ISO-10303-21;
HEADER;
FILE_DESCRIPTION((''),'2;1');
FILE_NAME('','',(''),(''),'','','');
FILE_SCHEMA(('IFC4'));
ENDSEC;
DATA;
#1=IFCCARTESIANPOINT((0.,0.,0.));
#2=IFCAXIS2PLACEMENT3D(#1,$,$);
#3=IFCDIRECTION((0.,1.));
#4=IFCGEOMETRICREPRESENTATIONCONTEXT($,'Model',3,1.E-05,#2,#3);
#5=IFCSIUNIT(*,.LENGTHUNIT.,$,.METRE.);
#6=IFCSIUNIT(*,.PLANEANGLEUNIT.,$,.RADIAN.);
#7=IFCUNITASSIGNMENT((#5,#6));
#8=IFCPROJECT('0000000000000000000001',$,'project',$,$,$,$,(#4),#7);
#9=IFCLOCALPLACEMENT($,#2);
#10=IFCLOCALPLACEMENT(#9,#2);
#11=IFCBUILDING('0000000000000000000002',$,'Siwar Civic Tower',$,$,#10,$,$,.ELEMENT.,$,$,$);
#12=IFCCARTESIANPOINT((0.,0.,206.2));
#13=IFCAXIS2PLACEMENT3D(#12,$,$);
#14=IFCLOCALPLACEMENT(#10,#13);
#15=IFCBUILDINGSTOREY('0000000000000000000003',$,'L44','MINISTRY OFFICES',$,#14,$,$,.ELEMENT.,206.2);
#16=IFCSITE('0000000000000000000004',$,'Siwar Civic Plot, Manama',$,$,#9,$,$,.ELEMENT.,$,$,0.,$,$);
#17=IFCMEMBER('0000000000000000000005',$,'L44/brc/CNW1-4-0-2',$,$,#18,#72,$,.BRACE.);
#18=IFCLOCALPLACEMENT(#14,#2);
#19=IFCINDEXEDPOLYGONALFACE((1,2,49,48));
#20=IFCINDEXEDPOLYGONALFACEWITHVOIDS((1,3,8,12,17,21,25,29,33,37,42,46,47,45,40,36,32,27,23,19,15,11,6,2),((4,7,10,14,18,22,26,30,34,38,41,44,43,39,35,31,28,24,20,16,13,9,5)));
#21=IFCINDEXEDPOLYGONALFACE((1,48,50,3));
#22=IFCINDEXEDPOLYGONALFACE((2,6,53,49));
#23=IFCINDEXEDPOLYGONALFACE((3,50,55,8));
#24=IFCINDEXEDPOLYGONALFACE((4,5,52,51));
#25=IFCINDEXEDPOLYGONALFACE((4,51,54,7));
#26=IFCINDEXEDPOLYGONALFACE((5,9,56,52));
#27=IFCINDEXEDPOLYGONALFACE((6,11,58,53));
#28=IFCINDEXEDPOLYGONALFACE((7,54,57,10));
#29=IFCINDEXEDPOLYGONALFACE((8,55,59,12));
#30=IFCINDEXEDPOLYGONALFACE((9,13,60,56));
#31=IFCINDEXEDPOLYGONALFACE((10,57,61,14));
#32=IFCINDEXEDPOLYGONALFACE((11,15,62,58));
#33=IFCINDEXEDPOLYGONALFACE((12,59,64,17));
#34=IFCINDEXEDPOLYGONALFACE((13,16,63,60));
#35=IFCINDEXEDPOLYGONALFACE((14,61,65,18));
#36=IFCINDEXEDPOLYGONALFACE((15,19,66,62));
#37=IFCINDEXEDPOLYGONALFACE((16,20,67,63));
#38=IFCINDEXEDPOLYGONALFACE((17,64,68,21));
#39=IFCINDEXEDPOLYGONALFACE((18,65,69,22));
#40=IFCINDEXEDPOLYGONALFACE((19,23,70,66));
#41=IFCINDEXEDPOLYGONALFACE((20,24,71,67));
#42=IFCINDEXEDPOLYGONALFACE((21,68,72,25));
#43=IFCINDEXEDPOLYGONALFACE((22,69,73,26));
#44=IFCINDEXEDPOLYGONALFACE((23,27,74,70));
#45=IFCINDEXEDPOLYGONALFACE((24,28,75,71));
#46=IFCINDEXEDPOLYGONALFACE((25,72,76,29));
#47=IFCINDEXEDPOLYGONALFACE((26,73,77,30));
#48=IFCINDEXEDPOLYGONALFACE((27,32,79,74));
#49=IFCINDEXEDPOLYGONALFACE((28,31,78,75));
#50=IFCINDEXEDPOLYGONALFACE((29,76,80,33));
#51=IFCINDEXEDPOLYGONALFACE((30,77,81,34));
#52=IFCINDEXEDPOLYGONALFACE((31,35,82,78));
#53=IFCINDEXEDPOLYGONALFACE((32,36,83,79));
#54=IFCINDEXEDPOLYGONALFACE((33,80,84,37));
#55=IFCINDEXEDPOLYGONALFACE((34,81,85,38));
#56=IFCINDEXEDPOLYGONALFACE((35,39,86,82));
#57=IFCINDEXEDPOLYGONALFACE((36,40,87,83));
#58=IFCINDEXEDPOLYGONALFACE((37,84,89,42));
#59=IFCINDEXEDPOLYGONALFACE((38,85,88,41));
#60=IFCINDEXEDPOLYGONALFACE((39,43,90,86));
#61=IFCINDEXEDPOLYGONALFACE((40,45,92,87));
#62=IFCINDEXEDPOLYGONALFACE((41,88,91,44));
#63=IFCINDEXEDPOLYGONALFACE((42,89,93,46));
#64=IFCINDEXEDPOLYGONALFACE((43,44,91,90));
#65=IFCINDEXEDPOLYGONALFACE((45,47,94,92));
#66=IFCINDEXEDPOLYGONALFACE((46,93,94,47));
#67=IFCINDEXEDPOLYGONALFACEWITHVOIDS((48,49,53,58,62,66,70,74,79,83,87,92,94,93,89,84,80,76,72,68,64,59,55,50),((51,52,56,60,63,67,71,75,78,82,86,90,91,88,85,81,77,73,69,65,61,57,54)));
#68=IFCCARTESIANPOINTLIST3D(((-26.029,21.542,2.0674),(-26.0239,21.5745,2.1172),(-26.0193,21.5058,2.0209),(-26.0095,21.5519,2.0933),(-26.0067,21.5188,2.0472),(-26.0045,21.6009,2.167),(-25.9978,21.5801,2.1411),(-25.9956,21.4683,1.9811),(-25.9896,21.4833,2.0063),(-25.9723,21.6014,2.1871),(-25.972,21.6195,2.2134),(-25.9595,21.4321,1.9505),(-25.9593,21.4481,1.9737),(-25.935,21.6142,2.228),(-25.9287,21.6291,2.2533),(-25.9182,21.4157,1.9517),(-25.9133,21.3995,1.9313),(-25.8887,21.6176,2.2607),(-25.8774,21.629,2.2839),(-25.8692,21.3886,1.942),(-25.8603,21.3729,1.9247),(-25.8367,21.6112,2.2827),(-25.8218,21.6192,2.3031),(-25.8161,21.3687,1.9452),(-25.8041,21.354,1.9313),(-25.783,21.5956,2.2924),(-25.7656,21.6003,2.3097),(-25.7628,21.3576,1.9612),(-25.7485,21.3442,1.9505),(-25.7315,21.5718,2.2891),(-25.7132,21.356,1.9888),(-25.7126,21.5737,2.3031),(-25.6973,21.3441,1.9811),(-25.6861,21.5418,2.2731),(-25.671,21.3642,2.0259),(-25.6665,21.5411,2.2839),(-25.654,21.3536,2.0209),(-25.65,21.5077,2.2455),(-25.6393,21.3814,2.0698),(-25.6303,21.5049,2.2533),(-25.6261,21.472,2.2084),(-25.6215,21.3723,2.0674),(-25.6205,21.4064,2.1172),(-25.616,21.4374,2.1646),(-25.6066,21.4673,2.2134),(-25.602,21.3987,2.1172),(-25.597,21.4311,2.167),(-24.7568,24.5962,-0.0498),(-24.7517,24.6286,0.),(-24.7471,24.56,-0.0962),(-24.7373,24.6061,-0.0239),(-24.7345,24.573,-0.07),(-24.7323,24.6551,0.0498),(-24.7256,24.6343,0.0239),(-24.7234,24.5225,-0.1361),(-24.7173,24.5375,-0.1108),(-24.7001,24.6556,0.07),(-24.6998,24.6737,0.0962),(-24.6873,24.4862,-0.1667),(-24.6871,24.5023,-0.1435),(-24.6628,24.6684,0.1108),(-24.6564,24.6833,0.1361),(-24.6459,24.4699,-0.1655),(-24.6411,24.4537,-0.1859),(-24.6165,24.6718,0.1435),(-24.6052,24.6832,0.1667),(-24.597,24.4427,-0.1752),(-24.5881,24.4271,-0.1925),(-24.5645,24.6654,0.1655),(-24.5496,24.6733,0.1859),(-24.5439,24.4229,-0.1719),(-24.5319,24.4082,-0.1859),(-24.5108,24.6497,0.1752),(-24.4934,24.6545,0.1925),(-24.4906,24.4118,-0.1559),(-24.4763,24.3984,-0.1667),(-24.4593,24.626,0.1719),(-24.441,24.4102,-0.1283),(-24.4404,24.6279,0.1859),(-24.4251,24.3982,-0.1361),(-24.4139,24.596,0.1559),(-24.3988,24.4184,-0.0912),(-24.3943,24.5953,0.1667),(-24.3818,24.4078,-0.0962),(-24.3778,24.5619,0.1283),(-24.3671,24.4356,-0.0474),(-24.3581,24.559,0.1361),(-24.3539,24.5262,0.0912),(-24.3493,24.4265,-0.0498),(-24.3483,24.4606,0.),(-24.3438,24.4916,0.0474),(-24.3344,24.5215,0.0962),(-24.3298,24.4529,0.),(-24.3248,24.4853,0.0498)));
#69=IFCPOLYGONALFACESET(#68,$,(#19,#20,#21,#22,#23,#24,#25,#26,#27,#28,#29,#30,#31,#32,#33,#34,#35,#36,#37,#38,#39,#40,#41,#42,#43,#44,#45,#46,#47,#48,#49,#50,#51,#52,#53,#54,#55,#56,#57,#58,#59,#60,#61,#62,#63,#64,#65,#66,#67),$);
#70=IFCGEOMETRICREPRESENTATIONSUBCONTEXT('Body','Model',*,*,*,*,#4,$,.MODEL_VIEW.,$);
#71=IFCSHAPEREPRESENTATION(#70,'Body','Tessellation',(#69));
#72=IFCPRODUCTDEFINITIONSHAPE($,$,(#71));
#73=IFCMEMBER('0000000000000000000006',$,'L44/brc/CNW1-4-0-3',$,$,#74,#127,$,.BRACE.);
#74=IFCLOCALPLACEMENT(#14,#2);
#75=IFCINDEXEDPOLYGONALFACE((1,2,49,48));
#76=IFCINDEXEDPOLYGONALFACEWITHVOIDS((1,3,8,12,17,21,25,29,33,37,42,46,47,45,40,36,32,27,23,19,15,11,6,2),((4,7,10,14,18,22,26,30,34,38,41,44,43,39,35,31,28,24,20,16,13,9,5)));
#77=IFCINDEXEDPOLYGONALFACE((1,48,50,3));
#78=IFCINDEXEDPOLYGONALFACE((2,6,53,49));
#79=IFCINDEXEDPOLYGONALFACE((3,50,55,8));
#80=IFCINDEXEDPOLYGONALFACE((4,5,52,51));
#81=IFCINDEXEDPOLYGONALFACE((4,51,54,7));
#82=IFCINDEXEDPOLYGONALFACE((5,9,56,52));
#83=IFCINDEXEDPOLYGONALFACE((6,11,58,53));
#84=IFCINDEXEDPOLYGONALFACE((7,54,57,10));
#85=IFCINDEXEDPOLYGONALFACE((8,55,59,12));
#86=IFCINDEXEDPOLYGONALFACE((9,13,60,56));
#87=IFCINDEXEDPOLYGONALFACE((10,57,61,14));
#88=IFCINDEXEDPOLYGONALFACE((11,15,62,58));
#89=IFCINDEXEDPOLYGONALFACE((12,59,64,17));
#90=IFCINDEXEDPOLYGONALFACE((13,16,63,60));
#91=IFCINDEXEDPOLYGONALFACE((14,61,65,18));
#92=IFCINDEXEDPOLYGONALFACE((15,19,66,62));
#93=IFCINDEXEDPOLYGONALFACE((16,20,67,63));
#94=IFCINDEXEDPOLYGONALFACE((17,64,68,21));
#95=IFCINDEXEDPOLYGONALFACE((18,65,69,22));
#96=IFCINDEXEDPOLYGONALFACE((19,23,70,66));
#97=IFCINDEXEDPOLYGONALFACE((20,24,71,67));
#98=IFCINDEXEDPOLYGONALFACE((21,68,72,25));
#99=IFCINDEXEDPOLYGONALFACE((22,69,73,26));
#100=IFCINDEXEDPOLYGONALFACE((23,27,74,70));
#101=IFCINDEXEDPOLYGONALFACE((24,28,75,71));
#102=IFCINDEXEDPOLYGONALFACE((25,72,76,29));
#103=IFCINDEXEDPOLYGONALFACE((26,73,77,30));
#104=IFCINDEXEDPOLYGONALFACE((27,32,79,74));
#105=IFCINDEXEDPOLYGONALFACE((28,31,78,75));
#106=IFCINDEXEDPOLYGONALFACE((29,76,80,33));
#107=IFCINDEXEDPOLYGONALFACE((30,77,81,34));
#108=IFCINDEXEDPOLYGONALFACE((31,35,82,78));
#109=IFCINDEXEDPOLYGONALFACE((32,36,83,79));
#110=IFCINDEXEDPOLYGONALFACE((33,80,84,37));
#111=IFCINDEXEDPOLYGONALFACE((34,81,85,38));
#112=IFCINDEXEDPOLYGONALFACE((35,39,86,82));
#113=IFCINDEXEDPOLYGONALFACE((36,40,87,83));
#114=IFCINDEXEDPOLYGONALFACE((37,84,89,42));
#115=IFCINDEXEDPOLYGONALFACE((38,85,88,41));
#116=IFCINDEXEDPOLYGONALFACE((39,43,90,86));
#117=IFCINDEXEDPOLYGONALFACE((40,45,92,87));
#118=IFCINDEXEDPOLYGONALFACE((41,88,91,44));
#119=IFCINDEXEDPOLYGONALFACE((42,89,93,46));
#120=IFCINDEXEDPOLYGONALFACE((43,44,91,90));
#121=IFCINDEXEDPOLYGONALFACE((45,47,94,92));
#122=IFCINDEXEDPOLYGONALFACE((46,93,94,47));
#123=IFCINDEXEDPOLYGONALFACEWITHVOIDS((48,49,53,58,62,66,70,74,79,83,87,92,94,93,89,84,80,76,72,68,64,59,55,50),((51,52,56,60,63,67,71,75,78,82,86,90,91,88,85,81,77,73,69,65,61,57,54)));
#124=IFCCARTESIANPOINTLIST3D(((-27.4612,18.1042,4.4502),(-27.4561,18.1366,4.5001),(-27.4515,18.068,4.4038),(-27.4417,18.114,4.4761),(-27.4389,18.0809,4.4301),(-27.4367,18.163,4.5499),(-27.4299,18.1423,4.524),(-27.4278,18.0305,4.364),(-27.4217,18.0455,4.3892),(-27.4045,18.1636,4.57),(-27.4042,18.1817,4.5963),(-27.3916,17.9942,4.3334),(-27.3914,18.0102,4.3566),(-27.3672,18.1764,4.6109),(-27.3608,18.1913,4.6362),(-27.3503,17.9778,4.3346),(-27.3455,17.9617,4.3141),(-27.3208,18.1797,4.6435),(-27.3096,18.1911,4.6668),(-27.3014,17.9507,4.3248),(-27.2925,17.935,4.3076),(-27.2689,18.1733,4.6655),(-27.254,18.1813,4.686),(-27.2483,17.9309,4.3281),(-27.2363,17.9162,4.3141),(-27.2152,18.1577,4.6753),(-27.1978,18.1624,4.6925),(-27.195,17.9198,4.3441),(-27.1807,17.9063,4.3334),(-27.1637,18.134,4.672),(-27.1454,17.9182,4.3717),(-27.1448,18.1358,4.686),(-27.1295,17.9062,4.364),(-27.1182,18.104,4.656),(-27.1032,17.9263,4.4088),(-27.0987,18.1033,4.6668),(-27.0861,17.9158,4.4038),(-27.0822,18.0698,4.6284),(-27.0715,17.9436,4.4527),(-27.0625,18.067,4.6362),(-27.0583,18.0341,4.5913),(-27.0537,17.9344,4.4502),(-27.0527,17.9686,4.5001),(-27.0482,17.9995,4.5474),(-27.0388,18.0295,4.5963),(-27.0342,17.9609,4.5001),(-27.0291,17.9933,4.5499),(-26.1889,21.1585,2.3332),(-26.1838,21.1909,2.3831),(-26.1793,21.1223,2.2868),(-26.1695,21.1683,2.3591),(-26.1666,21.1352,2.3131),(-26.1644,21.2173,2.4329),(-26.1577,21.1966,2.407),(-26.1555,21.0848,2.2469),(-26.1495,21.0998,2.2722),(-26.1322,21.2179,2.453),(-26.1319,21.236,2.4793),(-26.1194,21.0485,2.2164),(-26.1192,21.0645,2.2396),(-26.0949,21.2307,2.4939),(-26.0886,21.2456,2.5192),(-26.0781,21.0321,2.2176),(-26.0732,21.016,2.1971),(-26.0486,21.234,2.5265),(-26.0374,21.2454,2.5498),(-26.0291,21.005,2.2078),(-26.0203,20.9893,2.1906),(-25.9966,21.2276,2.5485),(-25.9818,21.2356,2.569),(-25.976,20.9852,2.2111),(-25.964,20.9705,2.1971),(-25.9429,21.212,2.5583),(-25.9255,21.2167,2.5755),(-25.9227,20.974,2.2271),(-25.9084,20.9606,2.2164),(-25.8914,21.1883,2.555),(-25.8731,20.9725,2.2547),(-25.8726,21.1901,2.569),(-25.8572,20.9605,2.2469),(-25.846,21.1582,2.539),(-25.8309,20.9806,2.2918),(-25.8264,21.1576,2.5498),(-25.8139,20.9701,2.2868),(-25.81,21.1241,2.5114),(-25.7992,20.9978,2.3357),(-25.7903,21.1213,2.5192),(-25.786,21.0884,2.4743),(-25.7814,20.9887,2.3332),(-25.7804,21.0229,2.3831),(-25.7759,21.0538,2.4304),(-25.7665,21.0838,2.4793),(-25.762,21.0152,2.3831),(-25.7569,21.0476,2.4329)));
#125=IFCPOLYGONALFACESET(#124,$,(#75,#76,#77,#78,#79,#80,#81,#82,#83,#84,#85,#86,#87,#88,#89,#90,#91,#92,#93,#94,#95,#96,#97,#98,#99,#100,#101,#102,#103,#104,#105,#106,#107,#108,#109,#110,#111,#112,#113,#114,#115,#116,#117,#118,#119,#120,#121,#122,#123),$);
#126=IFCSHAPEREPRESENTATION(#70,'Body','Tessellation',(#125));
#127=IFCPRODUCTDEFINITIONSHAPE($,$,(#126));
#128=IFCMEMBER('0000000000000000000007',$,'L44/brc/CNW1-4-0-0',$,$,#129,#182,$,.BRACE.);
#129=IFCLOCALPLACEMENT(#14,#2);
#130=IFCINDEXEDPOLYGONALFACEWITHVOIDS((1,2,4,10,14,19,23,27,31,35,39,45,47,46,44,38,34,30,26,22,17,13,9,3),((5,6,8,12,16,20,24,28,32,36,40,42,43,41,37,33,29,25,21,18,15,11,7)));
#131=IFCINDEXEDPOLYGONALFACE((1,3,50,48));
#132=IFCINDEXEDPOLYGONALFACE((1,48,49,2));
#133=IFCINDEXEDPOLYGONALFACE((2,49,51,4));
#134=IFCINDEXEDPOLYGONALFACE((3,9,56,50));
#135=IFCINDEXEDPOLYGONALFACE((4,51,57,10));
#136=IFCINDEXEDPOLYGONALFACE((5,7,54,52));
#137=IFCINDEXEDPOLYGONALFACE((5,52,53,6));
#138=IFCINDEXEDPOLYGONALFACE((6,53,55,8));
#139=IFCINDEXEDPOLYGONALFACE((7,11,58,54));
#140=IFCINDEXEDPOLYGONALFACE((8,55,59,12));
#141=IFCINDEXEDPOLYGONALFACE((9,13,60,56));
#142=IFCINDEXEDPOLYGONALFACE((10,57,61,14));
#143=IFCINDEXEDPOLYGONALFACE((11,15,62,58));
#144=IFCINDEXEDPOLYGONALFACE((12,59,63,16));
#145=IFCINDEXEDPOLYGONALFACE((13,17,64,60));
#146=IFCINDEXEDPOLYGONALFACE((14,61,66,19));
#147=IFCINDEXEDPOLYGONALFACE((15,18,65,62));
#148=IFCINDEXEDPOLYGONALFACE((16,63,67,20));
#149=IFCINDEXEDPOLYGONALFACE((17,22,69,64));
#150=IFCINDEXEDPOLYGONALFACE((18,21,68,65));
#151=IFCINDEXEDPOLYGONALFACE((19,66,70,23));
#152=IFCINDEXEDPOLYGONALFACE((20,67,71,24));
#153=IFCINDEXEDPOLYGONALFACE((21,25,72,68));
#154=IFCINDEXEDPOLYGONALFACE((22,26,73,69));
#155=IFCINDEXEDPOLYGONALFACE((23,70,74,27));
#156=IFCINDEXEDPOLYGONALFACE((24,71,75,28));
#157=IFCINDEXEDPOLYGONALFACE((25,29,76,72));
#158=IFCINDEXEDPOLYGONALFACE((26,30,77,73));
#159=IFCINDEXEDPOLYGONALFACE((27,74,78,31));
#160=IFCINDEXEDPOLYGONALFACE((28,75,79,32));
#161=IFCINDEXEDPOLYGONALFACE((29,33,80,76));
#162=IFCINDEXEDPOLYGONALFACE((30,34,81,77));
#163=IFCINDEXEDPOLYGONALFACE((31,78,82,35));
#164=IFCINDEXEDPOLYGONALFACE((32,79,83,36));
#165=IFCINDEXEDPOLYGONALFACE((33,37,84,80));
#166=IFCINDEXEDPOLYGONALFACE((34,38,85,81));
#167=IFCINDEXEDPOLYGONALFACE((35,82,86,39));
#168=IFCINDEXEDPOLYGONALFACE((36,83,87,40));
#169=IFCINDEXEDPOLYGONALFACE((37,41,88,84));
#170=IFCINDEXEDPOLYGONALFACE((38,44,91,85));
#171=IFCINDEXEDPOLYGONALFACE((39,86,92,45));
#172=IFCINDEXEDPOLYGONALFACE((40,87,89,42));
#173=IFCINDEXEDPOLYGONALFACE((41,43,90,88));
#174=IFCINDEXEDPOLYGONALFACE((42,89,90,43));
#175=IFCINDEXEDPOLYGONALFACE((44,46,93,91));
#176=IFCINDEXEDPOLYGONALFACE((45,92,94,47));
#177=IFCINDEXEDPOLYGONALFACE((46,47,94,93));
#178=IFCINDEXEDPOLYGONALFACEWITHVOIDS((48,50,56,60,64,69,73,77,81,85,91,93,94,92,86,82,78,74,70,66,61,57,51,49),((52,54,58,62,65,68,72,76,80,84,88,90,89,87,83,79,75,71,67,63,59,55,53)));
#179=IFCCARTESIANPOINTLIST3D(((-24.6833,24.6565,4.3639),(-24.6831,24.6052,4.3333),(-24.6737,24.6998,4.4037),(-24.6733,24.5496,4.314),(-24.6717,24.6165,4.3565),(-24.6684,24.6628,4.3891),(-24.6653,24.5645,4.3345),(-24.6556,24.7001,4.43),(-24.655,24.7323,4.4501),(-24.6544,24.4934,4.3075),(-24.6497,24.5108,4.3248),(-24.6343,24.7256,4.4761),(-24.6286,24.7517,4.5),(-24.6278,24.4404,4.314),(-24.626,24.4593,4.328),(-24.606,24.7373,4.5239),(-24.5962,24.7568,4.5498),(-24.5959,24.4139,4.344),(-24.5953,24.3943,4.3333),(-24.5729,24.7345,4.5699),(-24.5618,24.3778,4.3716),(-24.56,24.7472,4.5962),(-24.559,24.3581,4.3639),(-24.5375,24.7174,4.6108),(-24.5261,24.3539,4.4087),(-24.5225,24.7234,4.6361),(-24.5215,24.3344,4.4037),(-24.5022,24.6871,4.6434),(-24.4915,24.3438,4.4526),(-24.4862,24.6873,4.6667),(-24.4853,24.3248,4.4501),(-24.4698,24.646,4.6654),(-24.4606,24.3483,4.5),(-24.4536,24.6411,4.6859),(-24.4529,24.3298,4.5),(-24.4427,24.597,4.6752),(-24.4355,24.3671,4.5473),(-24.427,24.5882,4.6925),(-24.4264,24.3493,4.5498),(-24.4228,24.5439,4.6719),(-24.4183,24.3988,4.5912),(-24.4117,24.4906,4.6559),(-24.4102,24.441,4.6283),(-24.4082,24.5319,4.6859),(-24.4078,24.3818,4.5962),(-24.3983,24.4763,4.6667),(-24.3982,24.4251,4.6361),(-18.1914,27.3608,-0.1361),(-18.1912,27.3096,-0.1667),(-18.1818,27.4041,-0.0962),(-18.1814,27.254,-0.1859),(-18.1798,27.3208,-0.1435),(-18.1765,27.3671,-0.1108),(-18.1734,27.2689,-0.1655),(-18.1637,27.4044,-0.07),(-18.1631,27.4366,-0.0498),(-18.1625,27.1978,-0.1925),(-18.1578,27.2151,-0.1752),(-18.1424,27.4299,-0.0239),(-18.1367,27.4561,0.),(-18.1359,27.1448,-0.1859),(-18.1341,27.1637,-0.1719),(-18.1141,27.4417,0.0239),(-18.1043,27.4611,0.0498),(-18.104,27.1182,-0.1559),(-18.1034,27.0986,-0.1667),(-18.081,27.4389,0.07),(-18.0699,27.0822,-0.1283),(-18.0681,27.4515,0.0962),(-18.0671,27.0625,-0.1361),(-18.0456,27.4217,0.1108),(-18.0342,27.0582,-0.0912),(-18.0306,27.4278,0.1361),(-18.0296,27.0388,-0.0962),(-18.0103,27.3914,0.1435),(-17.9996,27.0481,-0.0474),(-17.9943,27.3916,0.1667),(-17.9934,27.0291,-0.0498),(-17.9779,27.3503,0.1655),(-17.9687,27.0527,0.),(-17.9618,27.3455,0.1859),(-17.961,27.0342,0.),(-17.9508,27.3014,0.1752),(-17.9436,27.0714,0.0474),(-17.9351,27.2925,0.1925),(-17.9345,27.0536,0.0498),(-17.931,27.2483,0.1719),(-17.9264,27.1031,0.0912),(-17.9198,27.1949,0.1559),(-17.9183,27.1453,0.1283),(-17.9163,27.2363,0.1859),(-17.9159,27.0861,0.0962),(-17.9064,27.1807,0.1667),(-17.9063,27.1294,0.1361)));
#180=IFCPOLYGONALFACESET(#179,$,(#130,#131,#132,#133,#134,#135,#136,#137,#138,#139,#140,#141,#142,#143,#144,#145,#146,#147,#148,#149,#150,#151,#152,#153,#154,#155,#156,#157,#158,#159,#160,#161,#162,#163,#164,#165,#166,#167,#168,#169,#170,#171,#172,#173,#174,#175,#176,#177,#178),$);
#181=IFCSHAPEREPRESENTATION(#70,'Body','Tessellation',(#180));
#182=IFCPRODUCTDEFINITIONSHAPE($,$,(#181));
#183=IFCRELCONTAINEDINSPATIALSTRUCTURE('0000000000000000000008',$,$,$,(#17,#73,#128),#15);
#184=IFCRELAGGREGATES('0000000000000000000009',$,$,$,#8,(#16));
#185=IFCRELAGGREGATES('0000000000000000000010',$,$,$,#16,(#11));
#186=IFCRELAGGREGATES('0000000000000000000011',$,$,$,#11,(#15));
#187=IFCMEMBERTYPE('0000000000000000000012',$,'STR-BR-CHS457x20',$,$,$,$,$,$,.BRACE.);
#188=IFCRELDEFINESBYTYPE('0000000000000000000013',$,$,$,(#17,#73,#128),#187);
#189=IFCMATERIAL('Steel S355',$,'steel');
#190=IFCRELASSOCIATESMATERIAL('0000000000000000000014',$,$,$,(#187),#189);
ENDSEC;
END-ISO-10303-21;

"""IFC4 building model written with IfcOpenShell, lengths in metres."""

from ifc_helpers import new_model, si_unit, direction, frame, origin, origin_2d, place, context, subcontext, project, spatial, hollow_circle, extrude, material, material_profile, profile_set, type_object, element, save


model = new_model("IFC4")

# Units and contexts
model_context = context("Model", 3, precision=1e-05, world=origin(), true_north=direction((0.0, 1.0)))
body_context = subcontext(model_context, "Body", "Model", "MODEL_VIEW")
ifc_project = project(units=[si_unit("LENGTHUNIT", "METRE"), si_unit("PLANEANGLEUNIT", "RADIAN")], contexts=[model_context])

# Site, building, storey
site_placement = place(None, origin())
site = spatial("IfcSite", under=ifc_project, at=site_placement, Name="Siwar Civic Plot, Manama", CompositionType="ELEMENT", RefElevation=0.0)
building_placement = place(site_placement, origin())
building = spatial("IfcBuilding", under=site, at=building_placement, Name="Siwar Civic Tower", CompositionType="ELEMENT")
storey_placement = place(building_placement, frame((0.0, 0.0, 206.2)))
storey = spatial("IfcBuildingStorey", under=building, at=storey_placement, Name="L44", Description="MINISTRY OFFICES", CompositionType="ELEMENT", Elevation=206.2)

# Members
ifc_material_1 = material(Name="Steel S355", Category="steel")
ifc_material_profile_1 = material_profile(ifc_material_1, hollow_circle(Radius=0.2285, WallThickness=0.02, at=origin_2d()), Name="CHS457x20")
ifc_profile_set_1 = profile_set([ifc_material_profile_1], Name="Steel S355")
member_type_1 = type_object("IfcMemberType", Name="STR-BR-CHS457x20", PredefinedType="BRACE", material=ifc_profile_set_1)
for number, where, z_axis, x_axis, name in (
    (1, (-24.5408, 24.5408, 0.0), (-0.323884, -0.777546, 0.538999), (0.923116, -0.384521, 0.0), "L44/brc/CNW1-4-0-2"),
    (2, (-25.9729, 21.103, 2.3831), (-0.323895, -0.777572, 0.538955), (0.923116, -0.384521, 0.0), "L44/brc/CNW1-4-0-3"),
):
    element("IfcMember", number, at=place(storey_placement, frame(where, z_axis=z_axis, x_axis=x_axis)), inside=storey, type_object=member_type_1, Name=name, PredefinedType="BRACE", context=body_context, shape_type="SweptSolid", body=[
        extrude(hollow_circle(Radius=0.2285, WallThickness=0.02, at=origin_2d()), origin(), (0.0, 0.0, 1.0), 3.928),
    ])
member_1_placement = place(storey_placement, frame((-18.0488, 27.2451, 0.0), z_axis=(-0.777555, -0.323906, 0.538975), x_axis=(0.384539, -0.923109, 0.0)))
element("IfcMember", 3, at=member_1_placement, inside=storey, type_object=member_type_1, Name="L44/brc/CNW1-4-0-0", PredefinedType="BRACE", context=body_context, shape_type="SweptSolid", body=[
    extrude(hollow_circle(Radius=0.2285, WallThickness=0.02, at=origin_2d()), origin(), (0.0, 0.0, 1.0), 8.3491),
])

save(model, "model.ifc")
